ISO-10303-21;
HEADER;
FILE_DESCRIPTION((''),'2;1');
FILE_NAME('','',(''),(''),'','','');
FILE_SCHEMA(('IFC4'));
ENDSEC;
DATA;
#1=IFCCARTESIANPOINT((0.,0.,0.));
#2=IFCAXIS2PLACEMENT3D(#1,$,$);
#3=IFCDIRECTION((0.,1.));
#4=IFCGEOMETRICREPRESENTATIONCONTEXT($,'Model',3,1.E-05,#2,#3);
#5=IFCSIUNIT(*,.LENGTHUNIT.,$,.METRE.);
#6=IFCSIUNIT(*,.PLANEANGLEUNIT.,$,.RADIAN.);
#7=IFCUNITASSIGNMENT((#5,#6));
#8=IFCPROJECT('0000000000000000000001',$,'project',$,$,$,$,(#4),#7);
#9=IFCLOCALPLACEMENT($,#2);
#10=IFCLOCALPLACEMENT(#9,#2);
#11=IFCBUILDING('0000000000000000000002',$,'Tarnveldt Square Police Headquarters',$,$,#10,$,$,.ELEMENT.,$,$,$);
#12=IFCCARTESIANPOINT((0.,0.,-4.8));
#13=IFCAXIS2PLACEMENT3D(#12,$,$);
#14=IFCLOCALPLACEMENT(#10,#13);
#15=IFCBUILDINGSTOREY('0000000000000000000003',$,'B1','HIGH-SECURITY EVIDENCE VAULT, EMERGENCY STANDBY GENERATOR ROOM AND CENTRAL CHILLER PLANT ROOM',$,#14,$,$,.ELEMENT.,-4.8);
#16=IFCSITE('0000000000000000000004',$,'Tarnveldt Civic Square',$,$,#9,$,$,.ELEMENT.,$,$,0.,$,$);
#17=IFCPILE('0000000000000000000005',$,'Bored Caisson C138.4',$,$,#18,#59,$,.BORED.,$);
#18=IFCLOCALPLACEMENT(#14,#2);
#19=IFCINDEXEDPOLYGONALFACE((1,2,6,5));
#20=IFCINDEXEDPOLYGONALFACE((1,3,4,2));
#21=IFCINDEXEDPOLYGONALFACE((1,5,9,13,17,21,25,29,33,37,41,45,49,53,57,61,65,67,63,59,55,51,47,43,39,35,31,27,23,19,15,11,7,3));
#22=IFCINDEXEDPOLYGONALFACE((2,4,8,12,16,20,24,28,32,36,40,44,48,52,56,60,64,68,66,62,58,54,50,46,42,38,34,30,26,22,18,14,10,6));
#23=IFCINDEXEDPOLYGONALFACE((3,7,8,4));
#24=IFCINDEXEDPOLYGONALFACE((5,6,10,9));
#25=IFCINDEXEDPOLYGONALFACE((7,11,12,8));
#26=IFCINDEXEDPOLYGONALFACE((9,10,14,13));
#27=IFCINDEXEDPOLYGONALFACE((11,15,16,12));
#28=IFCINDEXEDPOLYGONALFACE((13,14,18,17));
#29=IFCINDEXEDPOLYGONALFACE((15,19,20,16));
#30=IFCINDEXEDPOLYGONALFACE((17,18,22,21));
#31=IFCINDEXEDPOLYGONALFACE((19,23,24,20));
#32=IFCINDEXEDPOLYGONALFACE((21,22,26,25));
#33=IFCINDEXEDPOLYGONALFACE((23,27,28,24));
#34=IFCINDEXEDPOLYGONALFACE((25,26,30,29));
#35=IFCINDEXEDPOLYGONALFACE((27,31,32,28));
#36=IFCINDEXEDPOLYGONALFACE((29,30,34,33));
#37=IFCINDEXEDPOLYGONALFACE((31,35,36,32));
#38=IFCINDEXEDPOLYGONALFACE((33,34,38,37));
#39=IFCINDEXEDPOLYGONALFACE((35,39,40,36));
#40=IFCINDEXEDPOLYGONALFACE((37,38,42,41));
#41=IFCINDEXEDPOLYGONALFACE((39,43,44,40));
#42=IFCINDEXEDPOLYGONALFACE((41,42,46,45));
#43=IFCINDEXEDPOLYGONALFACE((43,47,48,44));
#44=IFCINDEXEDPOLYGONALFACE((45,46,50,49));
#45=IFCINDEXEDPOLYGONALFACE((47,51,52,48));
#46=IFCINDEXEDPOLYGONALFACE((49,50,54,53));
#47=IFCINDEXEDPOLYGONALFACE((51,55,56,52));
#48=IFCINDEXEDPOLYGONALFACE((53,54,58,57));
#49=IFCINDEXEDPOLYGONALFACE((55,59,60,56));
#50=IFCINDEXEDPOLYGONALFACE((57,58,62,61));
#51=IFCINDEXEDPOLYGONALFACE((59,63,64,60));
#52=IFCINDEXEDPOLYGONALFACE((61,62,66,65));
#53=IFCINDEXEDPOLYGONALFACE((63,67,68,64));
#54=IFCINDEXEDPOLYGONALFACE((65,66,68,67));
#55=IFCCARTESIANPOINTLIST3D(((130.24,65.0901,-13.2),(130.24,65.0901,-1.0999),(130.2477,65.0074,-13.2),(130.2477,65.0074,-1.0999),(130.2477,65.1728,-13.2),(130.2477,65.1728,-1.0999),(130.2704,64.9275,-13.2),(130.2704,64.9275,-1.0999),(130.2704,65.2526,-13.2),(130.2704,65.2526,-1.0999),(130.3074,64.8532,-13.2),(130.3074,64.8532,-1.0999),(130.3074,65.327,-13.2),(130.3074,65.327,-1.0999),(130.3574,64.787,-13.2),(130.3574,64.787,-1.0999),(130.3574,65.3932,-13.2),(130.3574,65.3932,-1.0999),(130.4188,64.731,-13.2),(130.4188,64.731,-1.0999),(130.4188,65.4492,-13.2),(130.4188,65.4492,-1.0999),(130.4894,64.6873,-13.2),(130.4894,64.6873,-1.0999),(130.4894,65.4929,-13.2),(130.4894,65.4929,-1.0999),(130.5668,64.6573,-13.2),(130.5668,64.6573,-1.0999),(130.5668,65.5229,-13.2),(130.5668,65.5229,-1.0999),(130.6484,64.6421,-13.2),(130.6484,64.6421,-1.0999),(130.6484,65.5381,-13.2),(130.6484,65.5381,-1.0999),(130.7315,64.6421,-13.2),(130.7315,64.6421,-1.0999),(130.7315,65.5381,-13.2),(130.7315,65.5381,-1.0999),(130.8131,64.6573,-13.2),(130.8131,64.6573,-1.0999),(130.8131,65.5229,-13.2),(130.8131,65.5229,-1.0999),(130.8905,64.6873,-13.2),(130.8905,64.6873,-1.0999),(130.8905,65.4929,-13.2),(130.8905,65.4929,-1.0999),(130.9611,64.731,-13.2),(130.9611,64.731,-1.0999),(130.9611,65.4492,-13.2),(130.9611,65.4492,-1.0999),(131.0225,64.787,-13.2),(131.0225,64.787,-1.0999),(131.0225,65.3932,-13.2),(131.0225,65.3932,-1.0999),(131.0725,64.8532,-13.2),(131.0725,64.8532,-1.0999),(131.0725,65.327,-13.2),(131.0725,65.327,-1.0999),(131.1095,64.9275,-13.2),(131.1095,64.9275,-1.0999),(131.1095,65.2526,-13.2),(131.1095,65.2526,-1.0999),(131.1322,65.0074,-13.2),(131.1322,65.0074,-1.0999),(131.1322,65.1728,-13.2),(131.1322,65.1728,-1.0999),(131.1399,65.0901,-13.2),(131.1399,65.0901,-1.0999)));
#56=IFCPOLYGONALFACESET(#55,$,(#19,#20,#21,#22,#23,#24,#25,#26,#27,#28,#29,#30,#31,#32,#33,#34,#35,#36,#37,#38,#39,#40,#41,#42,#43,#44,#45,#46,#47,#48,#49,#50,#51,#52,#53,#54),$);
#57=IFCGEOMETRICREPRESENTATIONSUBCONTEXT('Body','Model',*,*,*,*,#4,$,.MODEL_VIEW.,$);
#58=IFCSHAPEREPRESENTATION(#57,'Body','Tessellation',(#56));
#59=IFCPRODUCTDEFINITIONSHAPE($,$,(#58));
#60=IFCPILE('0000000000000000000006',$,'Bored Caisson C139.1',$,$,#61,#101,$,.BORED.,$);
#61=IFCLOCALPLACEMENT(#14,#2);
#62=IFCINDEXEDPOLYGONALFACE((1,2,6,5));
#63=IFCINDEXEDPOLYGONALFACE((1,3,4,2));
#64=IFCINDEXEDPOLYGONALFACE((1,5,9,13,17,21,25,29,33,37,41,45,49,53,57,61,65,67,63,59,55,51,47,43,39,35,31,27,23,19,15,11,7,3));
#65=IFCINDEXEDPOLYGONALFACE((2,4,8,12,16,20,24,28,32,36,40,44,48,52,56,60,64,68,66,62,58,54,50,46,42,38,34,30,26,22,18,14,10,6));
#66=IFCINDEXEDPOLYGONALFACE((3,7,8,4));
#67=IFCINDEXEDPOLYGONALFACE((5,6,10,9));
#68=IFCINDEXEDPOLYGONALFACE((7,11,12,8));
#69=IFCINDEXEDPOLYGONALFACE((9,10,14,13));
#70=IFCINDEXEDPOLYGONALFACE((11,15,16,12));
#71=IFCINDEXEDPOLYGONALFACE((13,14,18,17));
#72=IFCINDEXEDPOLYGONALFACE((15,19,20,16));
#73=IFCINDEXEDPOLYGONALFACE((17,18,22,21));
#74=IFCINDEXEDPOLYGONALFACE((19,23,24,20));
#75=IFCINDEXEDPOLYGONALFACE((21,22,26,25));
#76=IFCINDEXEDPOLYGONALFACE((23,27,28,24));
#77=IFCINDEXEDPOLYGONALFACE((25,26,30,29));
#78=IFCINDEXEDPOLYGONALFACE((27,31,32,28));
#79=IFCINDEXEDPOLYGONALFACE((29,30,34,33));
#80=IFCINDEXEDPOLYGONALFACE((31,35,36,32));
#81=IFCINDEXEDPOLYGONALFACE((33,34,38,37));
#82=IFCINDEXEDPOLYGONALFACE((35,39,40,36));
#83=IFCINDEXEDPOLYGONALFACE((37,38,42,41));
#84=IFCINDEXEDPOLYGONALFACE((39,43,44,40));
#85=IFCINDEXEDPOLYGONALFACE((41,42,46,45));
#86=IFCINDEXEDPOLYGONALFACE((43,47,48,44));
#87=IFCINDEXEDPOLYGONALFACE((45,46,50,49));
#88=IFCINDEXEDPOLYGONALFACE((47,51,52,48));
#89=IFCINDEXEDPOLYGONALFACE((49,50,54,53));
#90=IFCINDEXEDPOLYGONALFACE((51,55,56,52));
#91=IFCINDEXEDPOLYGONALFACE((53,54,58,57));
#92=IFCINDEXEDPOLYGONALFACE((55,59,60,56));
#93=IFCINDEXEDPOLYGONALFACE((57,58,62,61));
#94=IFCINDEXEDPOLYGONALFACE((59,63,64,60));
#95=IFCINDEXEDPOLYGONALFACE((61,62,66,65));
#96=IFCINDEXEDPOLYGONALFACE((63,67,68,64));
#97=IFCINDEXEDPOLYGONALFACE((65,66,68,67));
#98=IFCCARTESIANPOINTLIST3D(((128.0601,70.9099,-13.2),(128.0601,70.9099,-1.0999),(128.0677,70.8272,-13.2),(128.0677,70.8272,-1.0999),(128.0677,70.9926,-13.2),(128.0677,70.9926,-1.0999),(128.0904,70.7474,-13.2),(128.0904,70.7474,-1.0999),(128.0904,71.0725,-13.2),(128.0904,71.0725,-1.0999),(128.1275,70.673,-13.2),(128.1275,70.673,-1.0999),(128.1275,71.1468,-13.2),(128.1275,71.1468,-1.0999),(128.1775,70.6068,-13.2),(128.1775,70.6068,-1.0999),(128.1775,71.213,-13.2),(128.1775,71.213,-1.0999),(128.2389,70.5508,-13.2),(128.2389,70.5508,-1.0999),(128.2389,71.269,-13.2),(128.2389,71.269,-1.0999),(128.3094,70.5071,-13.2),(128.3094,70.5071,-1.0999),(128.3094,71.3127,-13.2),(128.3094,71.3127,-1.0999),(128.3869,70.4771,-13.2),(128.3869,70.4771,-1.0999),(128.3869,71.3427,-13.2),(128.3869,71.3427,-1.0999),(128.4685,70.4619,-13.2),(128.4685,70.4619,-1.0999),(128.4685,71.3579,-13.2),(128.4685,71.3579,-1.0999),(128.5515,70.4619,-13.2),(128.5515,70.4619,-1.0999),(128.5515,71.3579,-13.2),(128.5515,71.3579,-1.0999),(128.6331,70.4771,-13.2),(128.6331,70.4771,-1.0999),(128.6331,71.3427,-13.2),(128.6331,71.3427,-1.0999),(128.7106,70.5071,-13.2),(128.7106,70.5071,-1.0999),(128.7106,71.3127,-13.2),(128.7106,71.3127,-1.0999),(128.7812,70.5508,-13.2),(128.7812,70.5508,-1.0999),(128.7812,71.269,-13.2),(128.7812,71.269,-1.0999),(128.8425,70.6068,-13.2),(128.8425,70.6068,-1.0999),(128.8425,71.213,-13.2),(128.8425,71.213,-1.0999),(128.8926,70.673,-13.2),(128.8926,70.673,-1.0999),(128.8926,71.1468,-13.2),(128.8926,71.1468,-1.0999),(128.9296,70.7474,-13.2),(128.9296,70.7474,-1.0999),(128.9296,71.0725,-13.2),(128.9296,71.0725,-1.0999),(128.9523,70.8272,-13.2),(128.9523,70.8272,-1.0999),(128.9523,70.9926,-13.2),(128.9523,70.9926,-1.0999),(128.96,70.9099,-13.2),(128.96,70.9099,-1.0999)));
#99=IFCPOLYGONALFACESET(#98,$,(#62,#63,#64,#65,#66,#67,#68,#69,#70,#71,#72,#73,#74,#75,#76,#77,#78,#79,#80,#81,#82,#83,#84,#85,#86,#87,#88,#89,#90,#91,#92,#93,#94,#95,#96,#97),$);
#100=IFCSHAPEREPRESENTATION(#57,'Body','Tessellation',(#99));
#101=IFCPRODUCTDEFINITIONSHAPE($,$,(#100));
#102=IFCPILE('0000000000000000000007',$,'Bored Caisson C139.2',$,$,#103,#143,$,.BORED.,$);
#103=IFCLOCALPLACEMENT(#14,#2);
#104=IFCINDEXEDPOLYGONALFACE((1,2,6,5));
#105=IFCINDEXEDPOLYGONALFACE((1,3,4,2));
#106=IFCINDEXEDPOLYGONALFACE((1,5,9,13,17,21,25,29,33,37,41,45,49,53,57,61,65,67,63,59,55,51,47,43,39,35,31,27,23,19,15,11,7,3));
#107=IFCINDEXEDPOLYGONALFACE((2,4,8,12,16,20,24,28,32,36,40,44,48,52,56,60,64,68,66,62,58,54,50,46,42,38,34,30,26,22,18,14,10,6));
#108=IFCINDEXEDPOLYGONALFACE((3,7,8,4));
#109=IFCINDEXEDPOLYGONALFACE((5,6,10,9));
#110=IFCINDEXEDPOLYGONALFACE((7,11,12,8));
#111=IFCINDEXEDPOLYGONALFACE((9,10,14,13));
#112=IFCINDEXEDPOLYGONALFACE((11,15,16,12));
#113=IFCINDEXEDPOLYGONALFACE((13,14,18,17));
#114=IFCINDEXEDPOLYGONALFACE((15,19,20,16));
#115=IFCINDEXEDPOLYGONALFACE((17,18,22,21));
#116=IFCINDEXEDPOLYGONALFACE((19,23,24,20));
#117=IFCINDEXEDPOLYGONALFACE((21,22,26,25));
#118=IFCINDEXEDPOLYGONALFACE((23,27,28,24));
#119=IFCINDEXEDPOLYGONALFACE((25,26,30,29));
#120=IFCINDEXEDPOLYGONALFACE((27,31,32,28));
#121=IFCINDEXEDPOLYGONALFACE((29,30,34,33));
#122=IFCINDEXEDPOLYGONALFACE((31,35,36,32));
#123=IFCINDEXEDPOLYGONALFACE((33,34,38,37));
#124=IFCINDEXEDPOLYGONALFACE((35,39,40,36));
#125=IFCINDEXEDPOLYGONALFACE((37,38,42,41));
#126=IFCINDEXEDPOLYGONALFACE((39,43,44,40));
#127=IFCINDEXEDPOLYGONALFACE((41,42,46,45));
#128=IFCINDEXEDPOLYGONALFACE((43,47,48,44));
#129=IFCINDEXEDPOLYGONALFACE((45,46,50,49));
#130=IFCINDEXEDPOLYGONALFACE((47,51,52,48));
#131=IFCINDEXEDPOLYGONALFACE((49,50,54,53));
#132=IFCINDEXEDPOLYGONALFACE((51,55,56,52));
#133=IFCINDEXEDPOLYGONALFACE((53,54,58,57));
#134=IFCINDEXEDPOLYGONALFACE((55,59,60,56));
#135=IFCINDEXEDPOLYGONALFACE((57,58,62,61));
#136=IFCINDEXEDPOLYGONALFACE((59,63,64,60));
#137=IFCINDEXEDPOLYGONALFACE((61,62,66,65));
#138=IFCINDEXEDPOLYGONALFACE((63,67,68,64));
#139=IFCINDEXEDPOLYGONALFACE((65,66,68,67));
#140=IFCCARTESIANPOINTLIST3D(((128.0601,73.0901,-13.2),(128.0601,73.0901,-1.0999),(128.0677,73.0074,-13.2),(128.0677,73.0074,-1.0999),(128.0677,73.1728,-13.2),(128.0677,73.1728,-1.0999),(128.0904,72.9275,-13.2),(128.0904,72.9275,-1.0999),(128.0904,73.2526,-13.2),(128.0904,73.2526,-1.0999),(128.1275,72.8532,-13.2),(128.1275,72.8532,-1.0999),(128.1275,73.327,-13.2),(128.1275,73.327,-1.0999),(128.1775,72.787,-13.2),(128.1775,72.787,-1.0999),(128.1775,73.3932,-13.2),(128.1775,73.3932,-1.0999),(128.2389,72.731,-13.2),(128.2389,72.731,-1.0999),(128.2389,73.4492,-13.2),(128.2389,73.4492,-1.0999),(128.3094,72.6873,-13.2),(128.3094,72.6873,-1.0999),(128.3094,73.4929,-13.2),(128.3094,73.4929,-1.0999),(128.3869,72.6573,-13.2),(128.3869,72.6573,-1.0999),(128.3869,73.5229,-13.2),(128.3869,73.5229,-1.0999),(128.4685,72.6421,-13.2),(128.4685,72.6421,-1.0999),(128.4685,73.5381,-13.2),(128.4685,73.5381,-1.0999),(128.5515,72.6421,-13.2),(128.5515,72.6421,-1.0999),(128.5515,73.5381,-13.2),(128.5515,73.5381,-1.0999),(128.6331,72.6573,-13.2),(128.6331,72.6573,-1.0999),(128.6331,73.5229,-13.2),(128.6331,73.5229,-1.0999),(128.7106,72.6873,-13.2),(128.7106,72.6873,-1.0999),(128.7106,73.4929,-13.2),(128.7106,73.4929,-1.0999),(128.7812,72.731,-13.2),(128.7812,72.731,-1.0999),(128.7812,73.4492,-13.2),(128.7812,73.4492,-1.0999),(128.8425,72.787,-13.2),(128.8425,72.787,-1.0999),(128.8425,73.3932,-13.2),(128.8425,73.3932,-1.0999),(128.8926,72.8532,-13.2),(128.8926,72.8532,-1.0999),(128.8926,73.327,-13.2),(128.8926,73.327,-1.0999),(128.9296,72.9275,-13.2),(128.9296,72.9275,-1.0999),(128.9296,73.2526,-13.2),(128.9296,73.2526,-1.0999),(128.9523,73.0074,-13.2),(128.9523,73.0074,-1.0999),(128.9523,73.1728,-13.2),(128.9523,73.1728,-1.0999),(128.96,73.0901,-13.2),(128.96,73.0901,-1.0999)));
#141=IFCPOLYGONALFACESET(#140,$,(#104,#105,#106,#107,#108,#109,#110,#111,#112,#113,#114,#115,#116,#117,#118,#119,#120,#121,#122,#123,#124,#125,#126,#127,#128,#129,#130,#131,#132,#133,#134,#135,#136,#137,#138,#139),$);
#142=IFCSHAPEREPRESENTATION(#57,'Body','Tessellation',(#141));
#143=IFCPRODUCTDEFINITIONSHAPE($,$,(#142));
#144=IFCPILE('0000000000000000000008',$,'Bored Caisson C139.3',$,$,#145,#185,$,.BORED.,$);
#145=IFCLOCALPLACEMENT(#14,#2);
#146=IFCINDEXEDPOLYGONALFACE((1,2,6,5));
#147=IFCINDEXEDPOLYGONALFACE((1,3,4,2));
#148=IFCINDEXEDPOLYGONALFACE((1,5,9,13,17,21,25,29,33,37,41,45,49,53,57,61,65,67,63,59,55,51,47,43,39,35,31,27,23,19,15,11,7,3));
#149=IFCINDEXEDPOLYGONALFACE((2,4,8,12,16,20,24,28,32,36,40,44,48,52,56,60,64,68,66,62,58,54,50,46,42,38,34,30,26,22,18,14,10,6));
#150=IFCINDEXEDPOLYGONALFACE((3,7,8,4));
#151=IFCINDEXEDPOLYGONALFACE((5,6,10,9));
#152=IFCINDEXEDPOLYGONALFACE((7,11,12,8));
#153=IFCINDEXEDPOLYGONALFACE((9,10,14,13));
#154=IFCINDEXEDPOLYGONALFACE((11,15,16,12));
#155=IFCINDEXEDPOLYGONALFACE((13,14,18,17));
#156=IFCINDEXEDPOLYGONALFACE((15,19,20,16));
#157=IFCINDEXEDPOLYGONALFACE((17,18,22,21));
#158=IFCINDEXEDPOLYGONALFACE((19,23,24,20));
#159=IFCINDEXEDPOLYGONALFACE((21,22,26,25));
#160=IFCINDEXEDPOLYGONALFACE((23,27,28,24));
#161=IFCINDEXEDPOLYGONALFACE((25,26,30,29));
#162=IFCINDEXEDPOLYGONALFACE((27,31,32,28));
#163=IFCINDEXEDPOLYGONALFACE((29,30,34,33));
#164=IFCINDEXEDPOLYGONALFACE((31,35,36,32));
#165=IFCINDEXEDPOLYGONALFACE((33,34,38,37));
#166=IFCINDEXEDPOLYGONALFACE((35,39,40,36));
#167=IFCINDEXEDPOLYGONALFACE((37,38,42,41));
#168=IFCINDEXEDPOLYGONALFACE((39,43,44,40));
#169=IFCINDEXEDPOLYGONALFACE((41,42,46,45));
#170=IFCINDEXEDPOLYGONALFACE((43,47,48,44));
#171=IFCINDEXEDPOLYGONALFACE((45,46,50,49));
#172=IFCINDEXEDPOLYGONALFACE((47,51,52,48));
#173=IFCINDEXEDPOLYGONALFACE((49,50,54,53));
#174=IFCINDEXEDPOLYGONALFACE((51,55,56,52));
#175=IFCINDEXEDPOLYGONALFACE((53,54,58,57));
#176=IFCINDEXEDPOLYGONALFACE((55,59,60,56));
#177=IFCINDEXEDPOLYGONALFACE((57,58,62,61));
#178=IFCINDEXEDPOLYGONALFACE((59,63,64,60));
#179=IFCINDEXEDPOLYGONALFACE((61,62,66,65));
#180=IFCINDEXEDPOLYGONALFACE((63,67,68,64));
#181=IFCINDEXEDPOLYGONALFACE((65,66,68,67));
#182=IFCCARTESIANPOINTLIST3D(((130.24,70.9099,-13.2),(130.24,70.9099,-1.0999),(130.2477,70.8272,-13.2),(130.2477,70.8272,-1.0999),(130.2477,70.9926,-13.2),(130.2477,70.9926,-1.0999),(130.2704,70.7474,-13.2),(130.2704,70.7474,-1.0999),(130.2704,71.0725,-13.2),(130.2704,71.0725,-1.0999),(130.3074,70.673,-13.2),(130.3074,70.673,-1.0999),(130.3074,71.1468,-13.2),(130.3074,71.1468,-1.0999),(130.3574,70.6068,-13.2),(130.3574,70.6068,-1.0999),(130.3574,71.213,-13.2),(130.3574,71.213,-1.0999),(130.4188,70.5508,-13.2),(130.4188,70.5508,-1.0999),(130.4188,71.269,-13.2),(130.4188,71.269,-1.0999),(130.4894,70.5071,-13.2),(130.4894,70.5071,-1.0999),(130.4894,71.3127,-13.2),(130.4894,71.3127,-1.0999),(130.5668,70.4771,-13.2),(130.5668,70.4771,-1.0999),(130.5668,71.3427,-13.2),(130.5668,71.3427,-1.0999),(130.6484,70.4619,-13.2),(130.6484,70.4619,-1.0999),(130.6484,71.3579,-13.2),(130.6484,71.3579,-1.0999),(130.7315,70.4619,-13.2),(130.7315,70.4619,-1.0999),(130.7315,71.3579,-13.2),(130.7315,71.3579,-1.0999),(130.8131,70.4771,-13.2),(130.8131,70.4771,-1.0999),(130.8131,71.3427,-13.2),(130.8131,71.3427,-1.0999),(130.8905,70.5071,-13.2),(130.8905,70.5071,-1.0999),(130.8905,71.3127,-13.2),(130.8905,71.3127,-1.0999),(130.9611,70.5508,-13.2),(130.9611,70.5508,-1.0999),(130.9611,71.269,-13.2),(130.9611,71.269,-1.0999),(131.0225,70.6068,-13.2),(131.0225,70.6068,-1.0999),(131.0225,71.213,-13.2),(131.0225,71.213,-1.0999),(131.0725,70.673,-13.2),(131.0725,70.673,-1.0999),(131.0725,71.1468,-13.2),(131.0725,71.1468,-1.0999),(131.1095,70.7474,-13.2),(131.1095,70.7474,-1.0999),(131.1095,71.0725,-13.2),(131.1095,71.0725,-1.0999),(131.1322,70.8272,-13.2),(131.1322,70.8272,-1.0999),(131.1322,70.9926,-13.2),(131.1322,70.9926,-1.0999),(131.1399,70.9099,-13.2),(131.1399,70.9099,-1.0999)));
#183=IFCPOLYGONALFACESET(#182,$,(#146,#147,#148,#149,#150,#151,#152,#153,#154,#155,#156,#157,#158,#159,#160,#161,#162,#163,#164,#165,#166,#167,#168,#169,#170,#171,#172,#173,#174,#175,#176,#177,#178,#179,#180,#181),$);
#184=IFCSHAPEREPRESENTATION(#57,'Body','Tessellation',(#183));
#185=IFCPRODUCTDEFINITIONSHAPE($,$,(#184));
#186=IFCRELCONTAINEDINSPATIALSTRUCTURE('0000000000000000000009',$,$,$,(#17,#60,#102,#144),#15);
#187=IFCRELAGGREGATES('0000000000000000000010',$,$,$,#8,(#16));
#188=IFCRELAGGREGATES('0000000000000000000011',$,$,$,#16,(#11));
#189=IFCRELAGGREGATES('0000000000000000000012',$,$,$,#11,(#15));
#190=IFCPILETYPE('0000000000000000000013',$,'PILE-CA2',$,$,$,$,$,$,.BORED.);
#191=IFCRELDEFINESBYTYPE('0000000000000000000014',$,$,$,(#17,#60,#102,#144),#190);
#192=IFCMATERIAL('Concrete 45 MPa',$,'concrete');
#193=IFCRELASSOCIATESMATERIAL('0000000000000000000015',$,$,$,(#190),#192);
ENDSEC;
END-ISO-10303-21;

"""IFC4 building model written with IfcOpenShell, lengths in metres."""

from ifc_helpers import new_model, si_unit, direction, frame, origin, origin_2d, place, context, subcontext, project, spatial, circle, extrude, material, material_profile, profile_set, type_object, element, save


model = new_model("IFC4")

# Units and contexts
model_context = context("Model", 3, precision=1e-05, world=origin(), true_north=direction((0.0, 1.0)))
body_context = subcontext(model_context, "Body", "Model", "MODEL_VIEW")
ifc_project = project(units=[si_unit("LENGTHUNIT", "METRE"), si_unit("PLANEANGLEUNIT", "RADIAN")], contexts=[model_context])

# Site, building, storey
site_placement = place(None, origin())
site = spatial("IfcSite", under=ifc_project, at=site_placement, Name="Tarnveldt Civic Square", CompositionType="ELEMENT", RefElevation=0.0)
building_placement = place(site_placement, origin())
building = spatial("IfcBuilding", under=site, at=building_placement, Name="Tarnveldt Square Police Headquarters", CompositionType="ELEMENT")
storey_placement = place(building_placement, frame((0.0, 0.0, -4.8)))
storey = spatial("IfcBuildingStorey", under=building, at=storey_placement, Name="B1", Description="HIGH-SECURITY EVIDENCE VAULT, EMERGENCY STANDBY GENERATOR ROOM AND CENTRAL CHILLER PLANT ROOM", CompositionType="ELEMENT", Elevation=-4.8)

# Shared definitions
ifc_material_1 = material(Name="Concrete 45 MPa", Category="concrete")

# Piles
ifc_material_profile_1 = material_profile(ifc_material_1, circle(Radius=0.45, at=origin_2d()), Name="CAISSON-D900")
ifc_profile_set_1 = profile_set([ifc_material_profile_1], Name="Concrete 45 MPa")
pile_type = type_object("IfcPileType", Name="PILE-CA2", PredefinedType="BORED", material=ifc_profile_set_1)
for number, where, z_axis, x_axis, name in (
    (1, (130.6899, 65.0901, -1.0999), (0.0, 0.0, -1.0), (1.0, 0.0, 0.0), "Bored Caisson C138.4"),
    (2, (128.51, 70.9099, -1.0999), (0.0, 0.0, -1.0), (1.0, 0.0, 0.0), "Bored Caisson C139.1"),
    (3, (128.51, 73.0901, -1.0999), (0.0, 0.0, -1.0), (1.0, 0.0, 0.0), "Bored Caisson C139.2"),
    (4, (130.6899, 70.9099, -1.0999), (0.0, 0.0, -1.0), (1.0, 0.0, 0.0), "Bored Caisson C139.3"),
):
    element("IfcPile", number, at=place(storey_placement, frame(where, z_axis=z_axis, x_axis=x_axis)), inside=storey, type_object=pile_type, Name=name, PredefinedType="BORED", context=body_context, shape_type="SweptSolid", body=[
        extrude(circle(Radius=0.45, at=origin_2d()), origin(), (0.0, 0.0, 1.0), 12.1001),
    ])

save(model, "model.ifc")
